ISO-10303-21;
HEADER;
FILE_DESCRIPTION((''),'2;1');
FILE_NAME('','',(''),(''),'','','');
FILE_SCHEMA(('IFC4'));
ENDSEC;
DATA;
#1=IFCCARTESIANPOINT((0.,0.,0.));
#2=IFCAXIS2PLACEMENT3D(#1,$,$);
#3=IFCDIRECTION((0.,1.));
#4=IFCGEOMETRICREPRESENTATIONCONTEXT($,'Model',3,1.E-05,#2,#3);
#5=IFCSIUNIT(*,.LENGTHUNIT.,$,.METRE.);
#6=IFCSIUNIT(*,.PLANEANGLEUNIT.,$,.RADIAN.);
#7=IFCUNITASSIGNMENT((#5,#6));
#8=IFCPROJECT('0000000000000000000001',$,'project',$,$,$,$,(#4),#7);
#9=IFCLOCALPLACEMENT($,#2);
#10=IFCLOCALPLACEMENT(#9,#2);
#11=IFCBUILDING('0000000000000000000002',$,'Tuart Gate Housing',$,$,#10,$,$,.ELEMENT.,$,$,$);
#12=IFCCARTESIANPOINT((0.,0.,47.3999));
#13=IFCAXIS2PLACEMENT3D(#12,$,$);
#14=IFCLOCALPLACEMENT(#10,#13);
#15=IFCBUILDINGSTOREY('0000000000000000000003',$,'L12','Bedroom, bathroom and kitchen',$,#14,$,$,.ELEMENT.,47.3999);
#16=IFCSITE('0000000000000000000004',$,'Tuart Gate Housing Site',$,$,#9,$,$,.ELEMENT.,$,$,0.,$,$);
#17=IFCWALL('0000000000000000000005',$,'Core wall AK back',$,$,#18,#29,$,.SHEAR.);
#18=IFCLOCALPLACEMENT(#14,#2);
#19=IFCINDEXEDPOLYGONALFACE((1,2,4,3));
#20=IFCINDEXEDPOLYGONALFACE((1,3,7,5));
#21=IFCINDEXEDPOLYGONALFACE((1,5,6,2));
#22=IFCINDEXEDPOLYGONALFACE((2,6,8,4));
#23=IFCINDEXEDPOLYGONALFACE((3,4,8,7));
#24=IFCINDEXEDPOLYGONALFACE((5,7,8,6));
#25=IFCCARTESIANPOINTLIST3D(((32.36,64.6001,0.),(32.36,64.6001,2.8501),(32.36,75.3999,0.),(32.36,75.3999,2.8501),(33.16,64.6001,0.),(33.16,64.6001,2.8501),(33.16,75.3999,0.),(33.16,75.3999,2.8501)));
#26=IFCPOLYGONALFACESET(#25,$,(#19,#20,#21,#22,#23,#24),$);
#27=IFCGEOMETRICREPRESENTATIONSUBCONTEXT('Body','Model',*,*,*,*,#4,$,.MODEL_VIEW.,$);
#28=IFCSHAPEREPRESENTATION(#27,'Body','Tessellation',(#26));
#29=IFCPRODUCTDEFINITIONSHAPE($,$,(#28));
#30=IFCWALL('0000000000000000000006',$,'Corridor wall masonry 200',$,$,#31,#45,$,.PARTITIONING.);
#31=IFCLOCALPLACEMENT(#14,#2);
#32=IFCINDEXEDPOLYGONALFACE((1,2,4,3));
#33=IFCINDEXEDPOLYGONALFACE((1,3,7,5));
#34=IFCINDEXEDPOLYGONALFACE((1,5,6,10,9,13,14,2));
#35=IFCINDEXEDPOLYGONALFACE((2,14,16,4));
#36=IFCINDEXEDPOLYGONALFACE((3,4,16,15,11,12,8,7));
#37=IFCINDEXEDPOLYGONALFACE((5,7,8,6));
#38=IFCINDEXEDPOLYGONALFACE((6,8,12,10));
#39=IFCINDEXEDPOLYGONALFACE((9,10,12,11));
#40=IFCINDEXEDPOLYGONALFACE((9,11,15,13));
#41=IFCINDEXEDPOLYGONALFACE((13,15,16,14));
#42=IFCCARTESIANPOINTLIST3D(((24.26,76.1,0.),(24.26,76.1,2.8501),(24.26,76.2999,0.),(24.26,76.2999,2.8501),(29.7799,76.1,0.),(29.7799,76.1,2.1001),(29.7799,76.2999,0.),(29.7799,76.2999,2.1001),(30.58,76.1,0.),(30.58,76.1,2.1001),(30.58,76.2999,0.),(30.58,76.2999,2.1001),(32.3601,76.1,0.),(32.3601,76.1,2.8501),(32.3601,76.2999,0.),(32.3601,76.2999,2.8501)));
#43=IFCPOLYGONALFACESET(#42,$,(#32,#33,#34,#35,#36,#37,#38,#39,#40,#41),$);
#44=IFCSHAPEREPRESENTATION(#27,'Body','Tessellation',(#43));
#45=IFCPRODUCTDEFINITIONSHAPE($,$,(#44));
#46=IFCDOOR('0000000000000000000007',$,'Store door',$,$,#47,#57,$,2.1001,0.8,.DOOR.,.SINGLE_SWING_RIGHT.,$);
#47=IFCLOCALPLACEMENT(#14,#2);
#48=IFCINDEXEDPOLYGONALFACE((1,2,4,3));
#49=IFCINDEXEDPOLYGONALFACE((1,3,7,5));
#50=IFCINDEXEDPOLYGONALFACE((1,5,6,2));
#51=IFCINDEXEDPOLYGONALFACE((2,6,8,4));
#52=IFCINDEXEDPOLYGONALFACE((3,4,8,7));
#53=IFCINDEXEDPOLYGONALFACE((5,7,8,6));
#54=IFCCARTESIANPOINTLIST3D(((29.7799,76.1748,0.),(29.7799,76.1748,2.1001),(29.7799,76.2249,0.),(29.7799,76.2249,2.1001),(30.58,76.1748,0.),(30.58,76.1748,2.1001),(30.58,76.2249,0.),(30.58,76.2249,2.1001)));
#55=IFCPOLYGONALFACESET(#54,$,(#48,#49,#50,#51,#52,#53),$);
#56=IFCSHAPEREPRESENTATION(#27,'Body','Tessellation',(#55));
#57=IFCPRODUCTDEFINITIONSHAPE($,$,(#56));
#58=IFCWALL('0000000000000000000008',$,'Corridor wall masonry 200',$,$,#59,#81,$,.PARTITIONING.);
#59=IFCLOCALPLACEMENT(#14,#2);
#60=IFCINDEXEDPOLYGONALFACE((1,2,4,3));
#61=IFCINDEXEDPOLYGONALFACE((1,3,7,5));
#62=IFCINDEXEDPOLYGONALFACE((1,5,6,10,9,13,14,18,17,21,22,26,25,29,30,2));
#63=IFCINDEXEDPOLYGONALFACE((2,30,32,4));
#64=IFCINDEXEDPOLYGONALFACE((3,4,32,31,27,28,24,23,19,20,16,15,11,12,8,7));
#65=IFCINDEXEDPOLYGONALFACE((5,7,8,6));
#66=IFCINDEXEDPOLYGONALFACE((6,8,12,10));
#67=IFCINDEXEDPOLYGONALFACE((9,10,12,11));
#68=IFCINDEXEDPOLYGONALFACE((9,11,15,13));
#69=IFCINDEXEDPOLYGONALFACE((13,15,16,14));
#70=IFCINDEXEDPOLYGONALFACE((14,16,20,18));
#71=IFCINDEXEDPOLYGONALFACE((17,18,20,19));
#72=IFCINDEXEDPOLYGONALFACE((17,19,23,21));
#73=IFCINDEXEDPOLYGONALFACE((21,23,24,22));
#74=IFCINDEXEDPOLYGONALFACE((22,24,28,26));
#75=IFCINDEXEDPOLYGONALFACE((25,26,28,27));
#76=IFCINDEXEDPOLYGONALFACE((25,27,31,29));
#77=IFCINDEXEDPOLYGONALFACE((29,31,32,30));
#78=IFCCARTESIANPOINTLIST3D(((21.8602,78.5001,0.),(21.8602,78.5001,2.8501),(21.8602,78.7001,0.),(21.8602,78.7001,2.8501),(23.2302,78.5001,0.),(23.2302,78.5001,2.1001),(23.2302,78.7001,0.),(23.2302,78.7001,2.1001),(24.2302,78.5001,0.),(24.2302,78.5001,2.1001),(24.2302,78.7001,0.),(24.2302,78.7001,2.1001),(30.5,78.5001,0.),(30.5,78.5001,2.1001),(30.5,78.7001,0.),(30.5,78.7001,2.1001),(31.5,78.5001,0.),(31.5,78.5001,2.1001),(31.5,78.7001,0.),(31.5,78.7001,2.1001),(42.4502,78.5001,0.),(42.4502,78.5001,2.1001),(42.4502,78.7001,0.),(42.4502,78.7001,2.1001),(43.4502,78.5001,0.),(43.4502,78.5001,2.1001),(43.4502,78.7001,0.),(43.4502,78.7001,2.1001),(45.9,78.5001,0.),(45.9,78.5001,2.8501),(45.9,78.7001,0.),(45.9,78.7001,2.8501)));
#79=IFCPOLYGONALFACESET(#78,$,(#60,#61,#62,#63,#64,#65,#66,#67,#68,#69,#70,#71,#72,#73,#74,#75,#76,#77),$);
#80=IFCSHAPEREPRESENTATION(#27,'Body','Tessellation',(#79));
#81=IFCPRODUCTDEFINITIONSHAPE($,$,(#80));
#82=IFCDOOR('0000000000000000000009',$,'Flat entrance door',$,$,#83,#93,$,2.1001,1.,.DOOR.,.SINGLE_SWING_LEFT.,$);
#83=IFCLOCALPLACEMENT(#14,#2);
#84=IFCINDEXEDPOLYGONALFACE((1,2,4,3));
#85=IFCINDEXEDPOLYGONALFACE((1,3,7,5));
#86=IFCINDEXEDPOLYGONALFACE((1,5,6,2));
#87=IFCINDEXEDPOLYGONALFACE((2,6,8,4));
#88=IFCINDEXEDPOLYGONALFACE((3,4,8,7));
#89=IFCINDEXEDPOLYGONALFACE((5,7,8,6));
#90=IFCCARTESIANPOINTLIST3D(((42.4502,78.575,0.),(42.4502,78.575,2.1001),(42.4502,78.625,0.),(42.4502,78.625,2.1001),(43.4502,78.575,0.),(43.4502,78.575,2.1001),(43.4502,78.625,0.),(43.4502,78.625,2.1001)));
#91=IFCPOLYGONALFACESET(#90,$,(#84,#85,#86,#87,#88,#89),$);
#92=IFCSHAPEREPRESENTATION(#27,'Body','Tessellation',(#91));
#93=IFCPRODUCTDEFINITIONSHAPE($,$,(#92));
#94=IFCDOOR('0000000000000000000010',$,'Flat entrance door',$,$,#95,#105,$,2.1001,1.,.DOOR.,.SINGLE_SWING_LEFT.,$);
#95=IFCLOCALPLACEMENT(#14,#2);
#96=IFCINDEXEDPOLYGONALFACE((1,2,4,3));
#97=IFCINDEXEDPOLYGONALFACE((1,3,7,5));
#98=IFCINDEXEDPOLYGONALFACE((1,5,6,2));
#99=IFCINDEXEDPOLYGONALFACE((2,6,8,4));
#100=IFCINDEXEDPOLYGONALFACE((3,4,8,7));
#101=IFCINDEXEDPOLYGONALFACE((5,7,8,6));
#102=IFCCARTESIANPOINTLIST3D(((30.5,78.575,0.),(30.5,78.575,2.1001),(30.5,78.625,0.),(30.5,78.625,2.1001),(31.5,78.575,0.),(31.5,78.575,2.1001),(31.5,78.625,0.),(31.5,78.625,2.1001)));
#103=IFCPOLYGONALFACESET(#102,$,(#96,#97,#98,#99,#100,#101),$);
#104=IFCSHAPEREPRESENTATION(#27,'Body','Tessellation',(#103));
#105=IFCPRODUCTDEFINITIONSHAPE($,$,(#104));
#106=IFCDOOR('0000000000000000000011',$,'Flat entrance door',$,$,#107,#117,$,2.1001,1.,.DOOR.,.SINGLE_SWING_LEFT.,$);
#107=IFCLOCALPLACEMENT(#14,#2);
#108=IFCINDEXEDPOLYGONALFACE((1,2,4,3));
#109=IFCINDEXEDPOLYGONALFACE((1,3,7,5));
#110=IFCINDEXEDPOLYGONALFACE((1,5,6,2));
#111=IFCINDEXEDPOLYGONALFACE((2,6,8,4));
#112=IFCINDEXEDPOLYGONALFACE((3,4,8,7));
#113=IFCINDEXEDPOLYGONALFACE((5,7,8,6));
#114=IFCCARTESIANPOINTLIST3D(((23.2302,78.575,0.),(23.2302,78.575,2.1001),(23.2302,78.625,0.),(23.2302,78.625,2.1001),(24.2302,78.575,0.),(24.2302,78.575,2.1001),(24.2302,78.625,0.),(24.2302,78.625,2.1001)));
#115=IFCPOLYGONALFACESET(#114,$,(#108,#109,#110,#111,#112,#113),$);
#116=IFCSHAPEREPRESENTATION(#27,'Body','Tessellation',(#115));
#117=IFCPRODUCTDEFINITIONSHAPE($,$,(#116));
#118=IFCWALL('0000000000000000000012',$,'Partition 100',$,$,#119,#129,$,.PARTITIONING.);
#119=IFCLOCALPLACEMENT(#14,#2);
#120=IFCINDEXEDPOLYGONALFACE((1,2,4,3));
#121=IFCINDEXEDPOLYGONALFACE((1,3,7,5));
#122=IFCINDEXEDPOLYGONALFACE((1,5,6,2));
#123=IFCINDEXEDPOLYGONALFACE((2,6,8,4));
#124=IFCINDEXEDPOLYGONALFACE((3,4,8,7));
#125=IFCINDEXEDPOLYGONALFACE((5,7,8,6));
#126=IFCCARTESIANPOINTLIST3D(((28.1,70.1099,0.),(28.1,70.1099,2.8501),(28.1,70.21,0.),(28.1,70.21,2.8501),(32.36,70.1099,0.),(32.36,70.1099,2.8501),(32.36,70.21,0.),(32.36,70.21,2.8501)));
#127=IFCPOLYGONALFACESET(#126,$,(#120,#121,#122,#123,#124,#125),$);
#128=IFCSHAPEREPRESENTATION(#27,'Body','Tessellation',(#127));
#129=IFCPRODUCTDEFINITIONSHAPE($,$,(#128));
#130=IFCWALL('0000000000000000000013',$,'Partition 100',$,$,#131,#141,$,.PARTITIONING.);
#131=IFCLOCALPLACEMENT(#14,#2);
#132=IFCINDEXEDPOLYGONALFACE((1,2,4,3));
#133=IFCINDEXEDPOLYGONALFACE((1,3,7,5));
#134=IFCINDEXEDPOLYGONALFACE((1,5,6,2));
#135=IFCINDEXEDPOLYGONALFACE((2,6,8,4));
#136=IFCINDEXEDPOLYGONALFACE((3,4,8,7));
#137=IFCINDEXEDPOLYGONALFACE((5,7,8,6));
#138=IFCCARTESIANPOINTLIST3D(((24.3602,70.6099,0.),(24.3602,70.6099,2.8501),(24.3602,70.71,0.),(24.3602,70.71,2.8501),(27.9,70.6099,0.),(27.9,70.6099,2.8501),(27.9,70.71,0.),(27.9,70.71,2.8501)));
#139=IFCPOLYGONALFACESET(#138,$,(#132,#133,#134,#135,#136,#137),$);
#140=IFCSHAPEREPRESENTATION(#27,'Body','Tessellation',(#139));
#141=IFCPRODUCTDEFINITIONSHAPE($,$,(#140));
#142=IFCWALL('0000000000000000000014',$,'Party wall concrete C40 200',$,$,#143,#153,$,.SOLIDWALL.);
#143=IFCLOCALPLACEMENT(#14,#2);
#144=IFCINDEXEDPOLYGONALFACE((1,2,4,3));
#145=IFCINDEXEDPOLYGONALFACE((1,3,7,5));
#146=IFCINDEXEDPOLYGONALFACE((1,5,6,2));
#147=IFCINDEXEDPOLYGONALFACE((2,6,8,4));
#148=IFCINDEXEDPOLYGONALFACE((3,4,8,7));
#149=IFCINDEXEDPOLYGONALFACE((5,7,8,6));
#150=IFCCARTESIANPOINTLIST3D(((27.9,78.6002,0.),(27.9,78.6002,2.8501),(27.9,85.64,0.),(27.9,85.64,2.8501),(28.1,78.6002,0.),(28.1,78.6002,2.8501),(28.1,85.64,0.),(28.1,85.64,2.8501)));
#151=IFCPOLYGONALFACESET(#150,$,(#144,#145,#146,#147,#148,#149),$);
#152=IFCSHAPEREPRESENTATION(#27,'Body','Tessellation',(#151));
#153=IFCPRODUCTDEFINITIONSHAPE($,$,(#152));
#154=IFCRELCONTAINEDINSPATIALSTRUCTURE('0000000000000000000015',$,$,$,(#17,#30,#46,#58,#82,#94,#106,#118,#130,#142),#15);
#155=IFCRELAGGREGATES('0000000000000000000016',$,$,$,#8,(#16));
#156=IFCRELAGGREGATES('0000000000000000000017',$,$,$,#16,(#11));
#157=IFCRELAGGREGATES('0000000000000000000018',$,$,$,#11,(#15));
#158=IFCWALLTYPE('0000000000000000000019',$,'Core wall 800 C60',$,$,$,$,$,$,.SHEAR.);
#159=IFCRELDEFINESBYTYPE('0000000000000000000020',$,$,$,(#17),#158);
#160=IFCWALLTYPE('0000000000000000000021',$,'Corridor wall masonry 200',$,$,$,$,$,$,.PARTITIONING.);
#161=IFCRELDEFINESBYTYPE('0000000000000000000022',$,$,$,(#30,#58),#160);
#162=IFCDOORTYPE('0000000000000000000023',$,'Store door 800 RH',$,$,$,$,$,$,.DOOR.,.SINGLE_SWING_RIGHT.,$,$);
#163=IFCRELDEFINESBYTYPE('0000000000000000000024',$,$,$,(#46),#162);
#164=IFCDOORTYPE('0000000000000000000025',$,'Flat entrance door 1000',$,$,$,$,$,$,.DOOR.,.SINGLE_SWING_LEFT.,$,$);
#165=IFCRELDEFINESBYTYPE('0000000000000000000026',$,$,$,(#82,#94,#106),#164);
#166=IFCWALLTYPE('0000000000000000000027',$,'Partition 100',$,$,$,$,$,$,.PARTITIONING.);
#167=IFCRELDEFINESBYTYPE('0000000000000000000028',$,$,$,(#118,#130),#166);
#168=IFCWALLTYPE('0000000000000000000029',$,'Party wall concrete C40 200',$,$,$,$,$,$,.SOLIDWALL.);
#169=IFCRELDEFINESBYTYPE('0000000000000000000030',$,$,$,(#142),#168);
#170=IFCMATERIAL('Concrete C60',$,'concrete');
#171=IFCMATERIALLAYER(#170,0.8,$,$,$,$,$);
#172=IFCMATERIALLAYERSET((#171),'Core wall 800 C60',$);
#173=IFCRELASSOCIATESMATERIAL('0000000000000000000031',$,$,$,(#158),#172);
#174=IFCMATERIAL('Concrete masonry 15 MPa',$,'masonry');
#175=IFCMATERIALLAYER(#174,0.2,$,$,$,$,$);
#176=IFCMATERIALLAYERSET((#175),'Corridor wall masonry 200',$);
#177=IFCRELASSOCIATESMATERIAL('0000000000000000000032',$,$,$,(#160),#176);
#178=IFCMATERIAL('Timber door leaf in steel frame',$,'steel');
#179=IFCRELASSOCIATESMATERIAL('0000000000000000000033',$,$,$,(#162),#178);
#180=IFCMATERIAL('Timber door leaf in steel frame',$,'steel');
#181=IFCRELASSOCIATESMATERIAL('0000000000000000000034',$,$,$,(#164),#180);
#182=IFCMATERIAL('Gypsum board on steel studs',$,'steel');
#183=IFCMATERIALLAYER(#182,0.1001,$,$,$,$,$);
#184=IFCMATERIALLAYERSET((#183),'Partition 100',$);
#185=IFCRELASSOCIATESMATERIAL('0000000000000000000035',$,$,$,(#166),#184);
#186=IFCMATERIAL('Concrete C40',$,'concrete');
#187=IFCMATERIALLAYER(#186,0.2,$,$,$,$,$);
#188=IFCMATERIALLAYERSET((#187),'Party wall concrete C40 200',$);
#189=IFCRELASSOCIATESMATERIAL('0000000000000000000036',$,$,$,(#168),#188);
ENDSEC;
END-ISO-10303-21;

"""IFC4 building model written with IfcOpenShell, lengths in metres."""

from ifc_helpers import new_model, si_unit, direction, frame, frame_2d, origin, place, context, subcontext, project, spatial, rectangle, extrude, material, layer, layer_set, type_object, element, fill, save


model = new_model("IFC4")

# Units and contexts
model_context = context("Model", 3, precision=1e-05, world=origin(), true_north=direction((0.0, 1.0)))
body_context = subcontext(model_context, "Body", "Model", "MODEL_VIEW")
ifc_project = project(units=[si_unit("LENGTHUNIT", "METRE"), si_unit("PLANEANGLEUNIT", "RADIAN")], contexts=[model_context])

# Site, building, storey
site_placement = place(None, origin())
site = spatial("IfcSite", under=ifc_project, at=site_placement, Name="Tuart Gate Housing Site", CompositionType="ELEMENT", RefElevation=0.0)
building_placement = place(site_placement, origin())
building = spatial("IfcBuilding", under=site, at=building_placement, Name="Tuart Gate Housing", CompositionType="ELEMENT")
storey_placement = place(building_placement, frame((0.0, 0.0, 47.3999)))
storey = spatial("IfcBuildingStorey", under=building, at=storey_placement, Name="L12", Description="Bedroom, bathroom and kitchen", CompositionType="ELEMENT", Elevation=47.3999)

# Wall
ifc_material_1 = material(Name="Concrete C60", Category="concrete")
ifc_layer_1 = layer(ifc_material_1, 0.8)
ifc_layer_set_1 = layer_set([ifc_layer_1], Name="Core wall 800 C60")
wall_type_1 = type_object("IfcWallType", Name="Core wall 800 C60", PredefinedType="SHEAR", material=ifc_layer_set_1)
wall_1_placement = place(storey_placement, frame((32.76, 75.3999, 0.0), z_axis=(0.0, 0.0, 1.0), x_axis=(0.0, -1.0, 0.0)))
element("IfcWall", 1, at=wall_1_placement, inside=storey, type_object=wall_type_1, Name="Core wall AK back", PredefinedType="SHEAR", context=body_context, shape_type="SweptSolid", body=[
    extrude(rectangle(XDim=10.7998, YDim=0.8, at=frame_2d((5.3999, 0.0))), origin(), (0.0, 0.0, 1.0), 2.8501),
])

# Wall, opening, door
ifc_material_2 = material(Name="Concrete masonry 15 MPa", Category="masonry")
ifc_layer_2 = layer(ifc_material_2, 0.2)
ifc_layer_set_2 = layer_set([ifc_layer_2], Name="Corridor wall masonry 200")
wall_type_2 = type_object("IfcWallType", Name="Corridor wall masonry 200", PredefinedType="PARTITIONING", material=ifc_layer_set_2)
wall_2_placement = place(storey_placement, frame((24.26, 76.2, 0.0), z_axis=(0.0, 0.0, 1.0), x_axis=(1.0, 0.0, 0.0)))
wall_2 = element("IfcWall", 2, at=wall_2_placement, inside=storey, type_object=wall_type_2, Name="Corridor wall masonry 200", PredefinedType="PARTITIONING", context=body_context, shape_type="SweptSolid", body=[
    extrude(rectangle(XDim=8.1001, YDim=0.2, at=frame_2d((4.05, 0.0))), origin(), (0.0, 0.0, 1.0), 2.8501),
])
opening_1_placement = place(wall_2_placement, frame((5.52, 0.0, 0.0)))
opening_1 = element("IfcOpeningElement", 3, at=opening_1_placement, cuts=wall_2, PredefinedType="OPENING", context=body_context, shape_type="SweptSolid", body=[
    extrude(rectangle(XDim=0.8, YDim=2.1001, at=frame_2d((0.3999, 1.05))), frame((0.0, 0.1099, 0.0), z_axis=(0.0, -1.0, 0.0), x_axis=(1.0, 0.0, 0.0)), (0.0, 0.0, 1.0), 0.22),
])
ifc_material_3 = material(Name="Timber door leaf in steel frame", Category="steel")
door_type_1 = type_object("IfcDoorType", Name="Store door 800 RH", OperationType="SINGLE_SWING_RIGHT", PredefinedType="DOOR", material=ifc_material_3)
door_1_placement = place(opening_1_placement, frame((0.8, 0.0, 0.0), z_axis=(0.0, 0.0, 1.0), x_axis=(-1.0, 0.0, 0.0)))
door_1 = element("IfcDoor", 4, at=door_1_placement, inside=storey, type_object=door_type_1, Name="Store door", OperationType="SINGLE_SWING_RIGHT", OverallHeight=2.1001, OverallWidth=0.8, PredefinedType="DOOR", context=body_context, shape_type="SweptSolid", body=[
    extrude(rectangle(XDim=0.8, YDim=2.1001, at=frame_2d((0.4001, 1.05))), frame((0.0, 0.0251, 0.0), z_axis=(0.0, -1.0, 0.0), x_axis=(1.0, 0.0, 0.0)), (0.0, 0.0, 1.0), 0.05),
])
fill(opening_1, door_1)

# Wall, openings, doors
wall_3_placement = place(storey_placement, frame((21.8601, 78.6001, 0.0), z_axis=(0.0, 0.0, 1.0), x_axis=(1.0, 0.0, 0.0)))
wall_3 = element("IfcWall", 5, at=wall_3_placement, inside=storey, type_object=wall_type_2, Name="Corridor wall masonry 200", PredefinedType="PARTITIONING", context=body_context, shape_type="SweptSolid", body=[
    extrude(rectangle(XDim=24.0398, YDim=0.2, at=frame_2d((12.02, 0.0))), origin(), (0.0, 0.0, 1.0), 2.8501),
])
opening_2_placement = place(wall_3_placement, frame((20.5901, 0.0, 0.0)))
opening_2 = element("IfcOpeningElement", 6, at=opening_2_placement, cuts=wall_3, PredefinedType="OPENING", context=body_context, shape_type="SweptSolid", body=[
    extrude(rectangle(XDim=1.0, YDim=2.1001, at=frame_2d((0.5, 1.05))), frame((0.0, 0.1099, 0.0), z_axis=(0.0, -1.0, 0.0), x_axis=(1.0, 0.0, 0.0)), (0.0, 0.0, 1.0), 0.22),
])
opening_3_placement = place(wall_3_placement, frame((8.6399, 0.0, 0.0)))
opening_3 = element("IfcOpeningElement", 7, at=opening_3_placement, cuts=wall_3, PredefinedType="OPENING", context=body_context, shape_type="SweptSolid", body=[
    extrude(rectangle(XDim=1.0, YDim=2.1001, at=frame_2d((0.5, 1.05))), frame((0.0, 0.1099, 0.0), z_axis=(0.0, -1.0, 0.0), x_axis=(1.0, 0.0, 0.0)), (0.0, 0.0, 1.0), 0.22),
])
opening_4_placement = place(wall_3_placement, frame((1.3701, 0.0, 0.0)))
opening_4 = element("IfcOpeningElement", 8, at=opening_4_placement, cuts=wall_3, PredefinedType="OPENING", context=body_context, shape_type="SweptSolid", body=[
    extrude(rectangle(XDim=1.0, YDim=2.1001, at=frame_2d((0.5, 1.05))), frame((0.0, 0.1099, 0.0), z_axis=(0.0, -1.0, 0.0), x_axis=(1.0, 0.0, 0.0)), (0.0, 0.0, 1.0), 0.22),
])
ifc_material_4 = material(Name="Timber door leaf in steel frame", Category="steel")
door_type_2 = type_object("IfcDoorType", Name="Flat entrance door 1000", OperationType="SINGLE_SWING_LEFT", PredefinedType="DOOR", material=ifc_material_4)
door_2_placement = place(opening_2_placement, origin())
door_2 = element("IfcDoor", 9, at=door_2_placement, inside=storey, type_object=door_type_2, Name="Flat entrance door", OperationType="SINGLE_SWING_LEFT", OverallHeight=2.1001, OverallWidth=1.0, PredefinedType="DOOR", context=body_context, shape_type="SweptSolid", body=[
    extrude(rectangle(XDim=1.0, YDim=2.1001, at=frame_2d((0.5, 1.05))), frame((0.0, 0.0249, 0.0), z_axis=(0.0, -1.0, 0.0), x_axis=(1.0, 0.0, 0.0)), (0.0, 0.0, 1.0), 0.05),
])
fill(opening_2, door_2)
door_3_placement = place(opening_3_placement, origin())
door_3 = element("IfcDoor", 10, at=door_3_placement, inside=storey, type_object=door_type_2, Name="Flat entrance door", OperationType="SINGLE_SWING_LEFT", OverallHeight=2.1001, OverallWidth=1.0, PredefinedType="DOOR", context=body_context, shape_type="SweptSolid", body=[
    extrude(rectangle(XDim=1.0, YDim=2.1001, at=frame_2d((0.5, 1.05))), frame((0.0, 0.0249, 0.0), z_axis=(0.0, -1.0, 0.0), x_axis=(1.0, 0.0, 0.0)), (0.0, 0.0, 1.0), 0.05),
])
fill(opening_3, door_3)
door_4_placement = place(opening_4_placement, origin())
door_4 = element("IfcDoor", 11, at=door_4_placement, inside=storey, type_object=door_type_2, Name="Flat entrance door", OperationType="SINGLE_SWING_LEFT", OverallHeight=2.1001, OverallWidth=1.0, PredefinedType="DOOR", context=body_context, shape_type="SweptSolid", body=[
    extrude(rectangle(XDim=1.0, YDim=2.1001, at=frame_2d((0.5, 1.05))), frame((0.0, 0.0249, 0.0), z_axis=(0.0, -1.0, 0.0), x_axis=(1.0, 0.0, 0.0)), (0.0, 0.0, 1.0), 0.05),
])
fill(opening_4, door_4)

# Walls
ifc_material_5 = material(Name="Gypsum board on steel studs", Category="steel")
ifc_layer_3 = layer(ifc_material_5, 0.1001)
ifc_layer_set_3 = layer_set([ifc_layer_3], Name="Partition 100")
wall_type_3 = type_object("IfcWallType", Name="Partition 100", PredefinedType="PARTITIONING", material=ifc_layer_set_3)
wall_4_placement = place(storey_placement, frame((28.1001, 70.1599, 0.0), z_axis=(0.0, 0.0, 1.0), x_axis=(1.0, 0.0, 0.0)))
element("IfcWall", 12, at=wall_4_placement, inside=storey, type_object=wall_type_3, Name="Partition 100", PredefinedType="PARTITIONING", context=body_context, shape_type="SweptSolid", body=[
    extrude(rectangle(XDim=4.26, YDim=0.1001, at=frame_2d((2.1299, 0.0))), origin(), (0.0, 0.0, 1.0), 2.8501),
])
wall_5_placement = place(storey_placement, frame((24.3601, 70.6599, 0.0), z_axis=(0.0, 0.0, 1.0), x_axis=(1.0, 0.0, 0.0)))
element("IfcWall", 13, at=wall_5_placement, inside=storey, type_object=wall_type_3, Name="Partition 100", PredefinedType="PARTITIONING", context=body_context, shape_type="SweptSolid", body=[
    extrude(rectangle(XDim=3.5398, YDim=0.1001, at=frame_2d((1.77, 0.0))), origin(), (0.0, 0.0, 1.0), 2.8501),
])
ifc_material_6 = material(Name="Concrete C40", Category="concrete")
ifc_layer_4 = layer(ifc_material_6, 0.2)
ifc_layer_set_4 = layer_set([ifc_layer_4], Name="Party wall concrete C40 200")
wall_type_4 = type_object("IfcWallType", Name="Party wall concrete C40 200", PredefinedType="SOLIDWALL", material=ifc_layer_set_4)
wall_6_placement = place(storey_placement, frame((28.0, 78.6001, 0.0), z_axis=(0.0, 0.0, 1.0), x_axis=(0.0, 1.0, 0.0)))
element("IfcWall", 14, at=wall_6_placement, inside=storey, type_object=wall_type_4, Name="Party wall concrete C40 200", PredefinedType="SOLIDWALL", context=body_context, shape_type="SweptSolid", body=[
    extrude(rectangle(XDim=7.0398, YDim=0.2, at=frame_2d((3.52, 0.0))), origin(), (0.0, 0.0, 1.0), 2.8501),
])

save(model, "model.ifc")
